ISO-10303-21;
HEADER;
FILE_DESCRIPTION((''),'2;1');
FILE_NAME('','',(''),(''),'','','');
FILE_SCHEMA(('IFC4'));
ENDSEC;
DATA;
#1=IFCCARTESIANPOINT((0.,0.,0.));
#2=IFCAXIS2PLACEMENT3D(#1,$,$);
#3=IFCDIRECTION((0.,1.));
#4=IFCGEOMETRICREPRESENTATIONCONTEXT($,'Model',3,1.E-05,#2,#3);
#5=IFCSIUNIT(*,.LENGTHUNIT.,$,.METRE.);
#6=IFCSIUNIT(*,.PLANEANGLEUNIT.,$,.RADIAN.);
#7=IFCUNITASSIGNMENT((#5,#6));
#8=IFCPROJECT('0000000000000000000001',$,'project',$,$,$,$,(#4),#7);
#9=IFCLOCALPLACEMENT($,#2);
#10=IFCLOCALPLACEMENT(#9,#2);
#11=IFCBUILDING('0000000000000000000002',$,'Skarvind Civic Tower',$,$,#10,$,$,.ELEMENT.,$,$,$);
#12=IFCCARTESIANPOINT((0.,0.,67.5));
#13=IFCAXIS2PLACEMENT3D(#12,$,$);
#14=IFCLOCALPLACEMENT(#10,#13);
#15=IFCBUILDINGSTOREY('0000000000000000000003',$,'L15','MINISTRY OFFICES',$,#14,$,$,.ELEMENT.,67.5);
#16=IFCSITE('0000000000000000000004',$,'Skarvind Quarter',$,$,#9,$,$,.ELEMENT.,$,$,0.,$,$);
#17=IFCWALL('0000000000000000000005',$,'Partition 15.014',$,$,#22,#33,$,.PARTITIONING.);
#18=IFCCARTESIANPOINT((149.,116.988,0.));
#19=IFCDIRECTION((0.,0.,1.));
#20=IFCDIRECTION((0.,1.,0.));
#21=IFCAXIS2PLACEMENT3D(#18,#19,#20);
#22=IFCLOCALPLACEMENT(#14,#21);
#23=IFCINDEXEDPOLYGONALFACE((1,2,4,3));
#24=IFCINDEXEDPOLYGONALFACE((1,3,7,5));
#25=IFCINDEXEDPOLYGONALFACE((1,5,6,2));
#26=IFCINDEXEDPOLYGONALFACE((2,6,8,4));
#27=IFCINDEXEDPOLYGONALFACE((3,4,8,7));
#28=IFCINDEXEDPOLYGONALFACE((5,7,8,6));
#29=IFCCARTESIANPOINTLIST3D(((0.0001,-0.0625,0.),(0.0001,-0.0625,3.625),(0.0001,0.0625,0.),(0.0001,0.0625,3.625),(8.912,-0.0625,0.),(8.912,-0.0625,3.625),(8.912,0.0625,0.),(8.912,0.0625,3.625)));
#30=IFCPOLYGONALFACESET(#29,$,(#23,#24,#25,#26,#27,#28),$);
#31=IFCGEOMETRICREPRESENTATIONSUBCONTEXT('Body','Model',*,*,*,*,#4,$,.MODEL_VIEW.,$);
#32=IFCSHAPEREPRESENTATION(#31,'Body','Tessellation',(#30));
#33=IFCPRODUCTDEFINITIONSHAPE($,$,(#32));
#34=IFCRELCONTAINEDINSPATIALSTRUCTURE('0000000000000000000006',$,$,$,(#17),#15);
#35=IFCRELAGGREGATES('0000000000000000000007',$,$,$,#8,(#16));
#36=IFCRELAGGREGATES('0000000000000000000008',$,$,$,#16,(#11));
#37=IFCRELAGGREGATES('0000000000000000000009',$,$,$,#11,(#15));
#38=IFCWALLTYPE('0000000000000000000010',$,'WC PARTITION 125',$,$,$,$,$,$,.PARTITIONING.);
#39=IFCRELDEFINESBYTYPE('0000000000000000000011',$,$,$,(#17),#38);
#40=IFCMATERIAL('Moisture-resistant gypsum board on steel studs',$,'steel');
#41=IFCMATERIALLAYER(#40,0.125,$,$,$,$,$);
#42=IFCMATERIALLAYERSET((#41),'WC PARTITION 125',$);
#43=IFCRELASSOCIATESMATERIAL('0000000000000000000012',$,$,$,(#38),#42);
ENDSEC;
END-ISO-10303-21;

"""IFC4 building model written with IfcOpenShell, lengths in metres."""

from ifc_helpers import new_model, si_unit, direction, frame, frame_2d, origin, place, context, subcontext, project, spatial, rectangle, extrude, material, layer, layer_set, type_object, element, save


model = new_model("IFC4")

# Units and contexts
model_context = context("Model", 3, precision=1e-05, world=origin(), true_north=direction((0.0, 1.0)))
body_context = subcontext(model_context, "Body", "Model", "MODEL_VIEW")
ifc_project = project(units=[si_unit("LENGTHUNIT", "METRE"), si_unit("PLANEANGLEUNIT", "RADIAN")], contexts=[model_context])

# Site, building, storey
site_placement = place(None, origin())
site = spatial("IfcSite", under=ifc_project, at=site_placement, Name="Skarvind Quarter", CompositionType="ELEMENT", RefElevation=0.0)
building_placement = place(site_placement, origin())
building = spatial("IfcBuilding", under=site, at=building_placement, Name="Skarvind Civic Tower", CompositionType="ELEMENT")
storey_placement = place(building_placement, frame((0.0, 0.0, 67.5)))
storey = spatial("IfcBuildingStorey", under=building, at=storey_placement, Name="L15", Description="MINISTRY OFFICES", CompositionType="ELEMENT", Elevation=67.5)

# Shared definitions
ifc_material_1 = material(Name="Moisture-resistant gypsum board on steel studs", Category="steel")
ifc_layer_1 = layer(ifc_material_1, 0.125)
ifc_layer_set_1 = layer_set([ifc_layer_1], Name="WC PARTITION 125")
wall_type_1 = type_object("IfcWallType", Name="WC PARTITION 125", PredefinedType="PARTITIONING", material=ifc_layer_set_1)

# Wall
wall_1_placement = place(storey_placement, frame((149.0, 116.988, 0.0), z_axis=(0.0, 0.0, 1.0), x_axis=(0.0, 1.0, 0.0)))
element("IfcWall", 1, at=wall_1_placement, inside=storey, type_object=wall_type_1, Name="Partition 15.014", PredefinedType="PARTITIONING", context=body_context, shape_type="SweptSolid", body=[
    extrude(rectangle(XDim=8.9119, YDim=0.125, at=frame_2d((4.4561, 0.0))), origin(), (0.0, 0.0, 1.0), 3.625),
])

save(model, "model.ifc")
